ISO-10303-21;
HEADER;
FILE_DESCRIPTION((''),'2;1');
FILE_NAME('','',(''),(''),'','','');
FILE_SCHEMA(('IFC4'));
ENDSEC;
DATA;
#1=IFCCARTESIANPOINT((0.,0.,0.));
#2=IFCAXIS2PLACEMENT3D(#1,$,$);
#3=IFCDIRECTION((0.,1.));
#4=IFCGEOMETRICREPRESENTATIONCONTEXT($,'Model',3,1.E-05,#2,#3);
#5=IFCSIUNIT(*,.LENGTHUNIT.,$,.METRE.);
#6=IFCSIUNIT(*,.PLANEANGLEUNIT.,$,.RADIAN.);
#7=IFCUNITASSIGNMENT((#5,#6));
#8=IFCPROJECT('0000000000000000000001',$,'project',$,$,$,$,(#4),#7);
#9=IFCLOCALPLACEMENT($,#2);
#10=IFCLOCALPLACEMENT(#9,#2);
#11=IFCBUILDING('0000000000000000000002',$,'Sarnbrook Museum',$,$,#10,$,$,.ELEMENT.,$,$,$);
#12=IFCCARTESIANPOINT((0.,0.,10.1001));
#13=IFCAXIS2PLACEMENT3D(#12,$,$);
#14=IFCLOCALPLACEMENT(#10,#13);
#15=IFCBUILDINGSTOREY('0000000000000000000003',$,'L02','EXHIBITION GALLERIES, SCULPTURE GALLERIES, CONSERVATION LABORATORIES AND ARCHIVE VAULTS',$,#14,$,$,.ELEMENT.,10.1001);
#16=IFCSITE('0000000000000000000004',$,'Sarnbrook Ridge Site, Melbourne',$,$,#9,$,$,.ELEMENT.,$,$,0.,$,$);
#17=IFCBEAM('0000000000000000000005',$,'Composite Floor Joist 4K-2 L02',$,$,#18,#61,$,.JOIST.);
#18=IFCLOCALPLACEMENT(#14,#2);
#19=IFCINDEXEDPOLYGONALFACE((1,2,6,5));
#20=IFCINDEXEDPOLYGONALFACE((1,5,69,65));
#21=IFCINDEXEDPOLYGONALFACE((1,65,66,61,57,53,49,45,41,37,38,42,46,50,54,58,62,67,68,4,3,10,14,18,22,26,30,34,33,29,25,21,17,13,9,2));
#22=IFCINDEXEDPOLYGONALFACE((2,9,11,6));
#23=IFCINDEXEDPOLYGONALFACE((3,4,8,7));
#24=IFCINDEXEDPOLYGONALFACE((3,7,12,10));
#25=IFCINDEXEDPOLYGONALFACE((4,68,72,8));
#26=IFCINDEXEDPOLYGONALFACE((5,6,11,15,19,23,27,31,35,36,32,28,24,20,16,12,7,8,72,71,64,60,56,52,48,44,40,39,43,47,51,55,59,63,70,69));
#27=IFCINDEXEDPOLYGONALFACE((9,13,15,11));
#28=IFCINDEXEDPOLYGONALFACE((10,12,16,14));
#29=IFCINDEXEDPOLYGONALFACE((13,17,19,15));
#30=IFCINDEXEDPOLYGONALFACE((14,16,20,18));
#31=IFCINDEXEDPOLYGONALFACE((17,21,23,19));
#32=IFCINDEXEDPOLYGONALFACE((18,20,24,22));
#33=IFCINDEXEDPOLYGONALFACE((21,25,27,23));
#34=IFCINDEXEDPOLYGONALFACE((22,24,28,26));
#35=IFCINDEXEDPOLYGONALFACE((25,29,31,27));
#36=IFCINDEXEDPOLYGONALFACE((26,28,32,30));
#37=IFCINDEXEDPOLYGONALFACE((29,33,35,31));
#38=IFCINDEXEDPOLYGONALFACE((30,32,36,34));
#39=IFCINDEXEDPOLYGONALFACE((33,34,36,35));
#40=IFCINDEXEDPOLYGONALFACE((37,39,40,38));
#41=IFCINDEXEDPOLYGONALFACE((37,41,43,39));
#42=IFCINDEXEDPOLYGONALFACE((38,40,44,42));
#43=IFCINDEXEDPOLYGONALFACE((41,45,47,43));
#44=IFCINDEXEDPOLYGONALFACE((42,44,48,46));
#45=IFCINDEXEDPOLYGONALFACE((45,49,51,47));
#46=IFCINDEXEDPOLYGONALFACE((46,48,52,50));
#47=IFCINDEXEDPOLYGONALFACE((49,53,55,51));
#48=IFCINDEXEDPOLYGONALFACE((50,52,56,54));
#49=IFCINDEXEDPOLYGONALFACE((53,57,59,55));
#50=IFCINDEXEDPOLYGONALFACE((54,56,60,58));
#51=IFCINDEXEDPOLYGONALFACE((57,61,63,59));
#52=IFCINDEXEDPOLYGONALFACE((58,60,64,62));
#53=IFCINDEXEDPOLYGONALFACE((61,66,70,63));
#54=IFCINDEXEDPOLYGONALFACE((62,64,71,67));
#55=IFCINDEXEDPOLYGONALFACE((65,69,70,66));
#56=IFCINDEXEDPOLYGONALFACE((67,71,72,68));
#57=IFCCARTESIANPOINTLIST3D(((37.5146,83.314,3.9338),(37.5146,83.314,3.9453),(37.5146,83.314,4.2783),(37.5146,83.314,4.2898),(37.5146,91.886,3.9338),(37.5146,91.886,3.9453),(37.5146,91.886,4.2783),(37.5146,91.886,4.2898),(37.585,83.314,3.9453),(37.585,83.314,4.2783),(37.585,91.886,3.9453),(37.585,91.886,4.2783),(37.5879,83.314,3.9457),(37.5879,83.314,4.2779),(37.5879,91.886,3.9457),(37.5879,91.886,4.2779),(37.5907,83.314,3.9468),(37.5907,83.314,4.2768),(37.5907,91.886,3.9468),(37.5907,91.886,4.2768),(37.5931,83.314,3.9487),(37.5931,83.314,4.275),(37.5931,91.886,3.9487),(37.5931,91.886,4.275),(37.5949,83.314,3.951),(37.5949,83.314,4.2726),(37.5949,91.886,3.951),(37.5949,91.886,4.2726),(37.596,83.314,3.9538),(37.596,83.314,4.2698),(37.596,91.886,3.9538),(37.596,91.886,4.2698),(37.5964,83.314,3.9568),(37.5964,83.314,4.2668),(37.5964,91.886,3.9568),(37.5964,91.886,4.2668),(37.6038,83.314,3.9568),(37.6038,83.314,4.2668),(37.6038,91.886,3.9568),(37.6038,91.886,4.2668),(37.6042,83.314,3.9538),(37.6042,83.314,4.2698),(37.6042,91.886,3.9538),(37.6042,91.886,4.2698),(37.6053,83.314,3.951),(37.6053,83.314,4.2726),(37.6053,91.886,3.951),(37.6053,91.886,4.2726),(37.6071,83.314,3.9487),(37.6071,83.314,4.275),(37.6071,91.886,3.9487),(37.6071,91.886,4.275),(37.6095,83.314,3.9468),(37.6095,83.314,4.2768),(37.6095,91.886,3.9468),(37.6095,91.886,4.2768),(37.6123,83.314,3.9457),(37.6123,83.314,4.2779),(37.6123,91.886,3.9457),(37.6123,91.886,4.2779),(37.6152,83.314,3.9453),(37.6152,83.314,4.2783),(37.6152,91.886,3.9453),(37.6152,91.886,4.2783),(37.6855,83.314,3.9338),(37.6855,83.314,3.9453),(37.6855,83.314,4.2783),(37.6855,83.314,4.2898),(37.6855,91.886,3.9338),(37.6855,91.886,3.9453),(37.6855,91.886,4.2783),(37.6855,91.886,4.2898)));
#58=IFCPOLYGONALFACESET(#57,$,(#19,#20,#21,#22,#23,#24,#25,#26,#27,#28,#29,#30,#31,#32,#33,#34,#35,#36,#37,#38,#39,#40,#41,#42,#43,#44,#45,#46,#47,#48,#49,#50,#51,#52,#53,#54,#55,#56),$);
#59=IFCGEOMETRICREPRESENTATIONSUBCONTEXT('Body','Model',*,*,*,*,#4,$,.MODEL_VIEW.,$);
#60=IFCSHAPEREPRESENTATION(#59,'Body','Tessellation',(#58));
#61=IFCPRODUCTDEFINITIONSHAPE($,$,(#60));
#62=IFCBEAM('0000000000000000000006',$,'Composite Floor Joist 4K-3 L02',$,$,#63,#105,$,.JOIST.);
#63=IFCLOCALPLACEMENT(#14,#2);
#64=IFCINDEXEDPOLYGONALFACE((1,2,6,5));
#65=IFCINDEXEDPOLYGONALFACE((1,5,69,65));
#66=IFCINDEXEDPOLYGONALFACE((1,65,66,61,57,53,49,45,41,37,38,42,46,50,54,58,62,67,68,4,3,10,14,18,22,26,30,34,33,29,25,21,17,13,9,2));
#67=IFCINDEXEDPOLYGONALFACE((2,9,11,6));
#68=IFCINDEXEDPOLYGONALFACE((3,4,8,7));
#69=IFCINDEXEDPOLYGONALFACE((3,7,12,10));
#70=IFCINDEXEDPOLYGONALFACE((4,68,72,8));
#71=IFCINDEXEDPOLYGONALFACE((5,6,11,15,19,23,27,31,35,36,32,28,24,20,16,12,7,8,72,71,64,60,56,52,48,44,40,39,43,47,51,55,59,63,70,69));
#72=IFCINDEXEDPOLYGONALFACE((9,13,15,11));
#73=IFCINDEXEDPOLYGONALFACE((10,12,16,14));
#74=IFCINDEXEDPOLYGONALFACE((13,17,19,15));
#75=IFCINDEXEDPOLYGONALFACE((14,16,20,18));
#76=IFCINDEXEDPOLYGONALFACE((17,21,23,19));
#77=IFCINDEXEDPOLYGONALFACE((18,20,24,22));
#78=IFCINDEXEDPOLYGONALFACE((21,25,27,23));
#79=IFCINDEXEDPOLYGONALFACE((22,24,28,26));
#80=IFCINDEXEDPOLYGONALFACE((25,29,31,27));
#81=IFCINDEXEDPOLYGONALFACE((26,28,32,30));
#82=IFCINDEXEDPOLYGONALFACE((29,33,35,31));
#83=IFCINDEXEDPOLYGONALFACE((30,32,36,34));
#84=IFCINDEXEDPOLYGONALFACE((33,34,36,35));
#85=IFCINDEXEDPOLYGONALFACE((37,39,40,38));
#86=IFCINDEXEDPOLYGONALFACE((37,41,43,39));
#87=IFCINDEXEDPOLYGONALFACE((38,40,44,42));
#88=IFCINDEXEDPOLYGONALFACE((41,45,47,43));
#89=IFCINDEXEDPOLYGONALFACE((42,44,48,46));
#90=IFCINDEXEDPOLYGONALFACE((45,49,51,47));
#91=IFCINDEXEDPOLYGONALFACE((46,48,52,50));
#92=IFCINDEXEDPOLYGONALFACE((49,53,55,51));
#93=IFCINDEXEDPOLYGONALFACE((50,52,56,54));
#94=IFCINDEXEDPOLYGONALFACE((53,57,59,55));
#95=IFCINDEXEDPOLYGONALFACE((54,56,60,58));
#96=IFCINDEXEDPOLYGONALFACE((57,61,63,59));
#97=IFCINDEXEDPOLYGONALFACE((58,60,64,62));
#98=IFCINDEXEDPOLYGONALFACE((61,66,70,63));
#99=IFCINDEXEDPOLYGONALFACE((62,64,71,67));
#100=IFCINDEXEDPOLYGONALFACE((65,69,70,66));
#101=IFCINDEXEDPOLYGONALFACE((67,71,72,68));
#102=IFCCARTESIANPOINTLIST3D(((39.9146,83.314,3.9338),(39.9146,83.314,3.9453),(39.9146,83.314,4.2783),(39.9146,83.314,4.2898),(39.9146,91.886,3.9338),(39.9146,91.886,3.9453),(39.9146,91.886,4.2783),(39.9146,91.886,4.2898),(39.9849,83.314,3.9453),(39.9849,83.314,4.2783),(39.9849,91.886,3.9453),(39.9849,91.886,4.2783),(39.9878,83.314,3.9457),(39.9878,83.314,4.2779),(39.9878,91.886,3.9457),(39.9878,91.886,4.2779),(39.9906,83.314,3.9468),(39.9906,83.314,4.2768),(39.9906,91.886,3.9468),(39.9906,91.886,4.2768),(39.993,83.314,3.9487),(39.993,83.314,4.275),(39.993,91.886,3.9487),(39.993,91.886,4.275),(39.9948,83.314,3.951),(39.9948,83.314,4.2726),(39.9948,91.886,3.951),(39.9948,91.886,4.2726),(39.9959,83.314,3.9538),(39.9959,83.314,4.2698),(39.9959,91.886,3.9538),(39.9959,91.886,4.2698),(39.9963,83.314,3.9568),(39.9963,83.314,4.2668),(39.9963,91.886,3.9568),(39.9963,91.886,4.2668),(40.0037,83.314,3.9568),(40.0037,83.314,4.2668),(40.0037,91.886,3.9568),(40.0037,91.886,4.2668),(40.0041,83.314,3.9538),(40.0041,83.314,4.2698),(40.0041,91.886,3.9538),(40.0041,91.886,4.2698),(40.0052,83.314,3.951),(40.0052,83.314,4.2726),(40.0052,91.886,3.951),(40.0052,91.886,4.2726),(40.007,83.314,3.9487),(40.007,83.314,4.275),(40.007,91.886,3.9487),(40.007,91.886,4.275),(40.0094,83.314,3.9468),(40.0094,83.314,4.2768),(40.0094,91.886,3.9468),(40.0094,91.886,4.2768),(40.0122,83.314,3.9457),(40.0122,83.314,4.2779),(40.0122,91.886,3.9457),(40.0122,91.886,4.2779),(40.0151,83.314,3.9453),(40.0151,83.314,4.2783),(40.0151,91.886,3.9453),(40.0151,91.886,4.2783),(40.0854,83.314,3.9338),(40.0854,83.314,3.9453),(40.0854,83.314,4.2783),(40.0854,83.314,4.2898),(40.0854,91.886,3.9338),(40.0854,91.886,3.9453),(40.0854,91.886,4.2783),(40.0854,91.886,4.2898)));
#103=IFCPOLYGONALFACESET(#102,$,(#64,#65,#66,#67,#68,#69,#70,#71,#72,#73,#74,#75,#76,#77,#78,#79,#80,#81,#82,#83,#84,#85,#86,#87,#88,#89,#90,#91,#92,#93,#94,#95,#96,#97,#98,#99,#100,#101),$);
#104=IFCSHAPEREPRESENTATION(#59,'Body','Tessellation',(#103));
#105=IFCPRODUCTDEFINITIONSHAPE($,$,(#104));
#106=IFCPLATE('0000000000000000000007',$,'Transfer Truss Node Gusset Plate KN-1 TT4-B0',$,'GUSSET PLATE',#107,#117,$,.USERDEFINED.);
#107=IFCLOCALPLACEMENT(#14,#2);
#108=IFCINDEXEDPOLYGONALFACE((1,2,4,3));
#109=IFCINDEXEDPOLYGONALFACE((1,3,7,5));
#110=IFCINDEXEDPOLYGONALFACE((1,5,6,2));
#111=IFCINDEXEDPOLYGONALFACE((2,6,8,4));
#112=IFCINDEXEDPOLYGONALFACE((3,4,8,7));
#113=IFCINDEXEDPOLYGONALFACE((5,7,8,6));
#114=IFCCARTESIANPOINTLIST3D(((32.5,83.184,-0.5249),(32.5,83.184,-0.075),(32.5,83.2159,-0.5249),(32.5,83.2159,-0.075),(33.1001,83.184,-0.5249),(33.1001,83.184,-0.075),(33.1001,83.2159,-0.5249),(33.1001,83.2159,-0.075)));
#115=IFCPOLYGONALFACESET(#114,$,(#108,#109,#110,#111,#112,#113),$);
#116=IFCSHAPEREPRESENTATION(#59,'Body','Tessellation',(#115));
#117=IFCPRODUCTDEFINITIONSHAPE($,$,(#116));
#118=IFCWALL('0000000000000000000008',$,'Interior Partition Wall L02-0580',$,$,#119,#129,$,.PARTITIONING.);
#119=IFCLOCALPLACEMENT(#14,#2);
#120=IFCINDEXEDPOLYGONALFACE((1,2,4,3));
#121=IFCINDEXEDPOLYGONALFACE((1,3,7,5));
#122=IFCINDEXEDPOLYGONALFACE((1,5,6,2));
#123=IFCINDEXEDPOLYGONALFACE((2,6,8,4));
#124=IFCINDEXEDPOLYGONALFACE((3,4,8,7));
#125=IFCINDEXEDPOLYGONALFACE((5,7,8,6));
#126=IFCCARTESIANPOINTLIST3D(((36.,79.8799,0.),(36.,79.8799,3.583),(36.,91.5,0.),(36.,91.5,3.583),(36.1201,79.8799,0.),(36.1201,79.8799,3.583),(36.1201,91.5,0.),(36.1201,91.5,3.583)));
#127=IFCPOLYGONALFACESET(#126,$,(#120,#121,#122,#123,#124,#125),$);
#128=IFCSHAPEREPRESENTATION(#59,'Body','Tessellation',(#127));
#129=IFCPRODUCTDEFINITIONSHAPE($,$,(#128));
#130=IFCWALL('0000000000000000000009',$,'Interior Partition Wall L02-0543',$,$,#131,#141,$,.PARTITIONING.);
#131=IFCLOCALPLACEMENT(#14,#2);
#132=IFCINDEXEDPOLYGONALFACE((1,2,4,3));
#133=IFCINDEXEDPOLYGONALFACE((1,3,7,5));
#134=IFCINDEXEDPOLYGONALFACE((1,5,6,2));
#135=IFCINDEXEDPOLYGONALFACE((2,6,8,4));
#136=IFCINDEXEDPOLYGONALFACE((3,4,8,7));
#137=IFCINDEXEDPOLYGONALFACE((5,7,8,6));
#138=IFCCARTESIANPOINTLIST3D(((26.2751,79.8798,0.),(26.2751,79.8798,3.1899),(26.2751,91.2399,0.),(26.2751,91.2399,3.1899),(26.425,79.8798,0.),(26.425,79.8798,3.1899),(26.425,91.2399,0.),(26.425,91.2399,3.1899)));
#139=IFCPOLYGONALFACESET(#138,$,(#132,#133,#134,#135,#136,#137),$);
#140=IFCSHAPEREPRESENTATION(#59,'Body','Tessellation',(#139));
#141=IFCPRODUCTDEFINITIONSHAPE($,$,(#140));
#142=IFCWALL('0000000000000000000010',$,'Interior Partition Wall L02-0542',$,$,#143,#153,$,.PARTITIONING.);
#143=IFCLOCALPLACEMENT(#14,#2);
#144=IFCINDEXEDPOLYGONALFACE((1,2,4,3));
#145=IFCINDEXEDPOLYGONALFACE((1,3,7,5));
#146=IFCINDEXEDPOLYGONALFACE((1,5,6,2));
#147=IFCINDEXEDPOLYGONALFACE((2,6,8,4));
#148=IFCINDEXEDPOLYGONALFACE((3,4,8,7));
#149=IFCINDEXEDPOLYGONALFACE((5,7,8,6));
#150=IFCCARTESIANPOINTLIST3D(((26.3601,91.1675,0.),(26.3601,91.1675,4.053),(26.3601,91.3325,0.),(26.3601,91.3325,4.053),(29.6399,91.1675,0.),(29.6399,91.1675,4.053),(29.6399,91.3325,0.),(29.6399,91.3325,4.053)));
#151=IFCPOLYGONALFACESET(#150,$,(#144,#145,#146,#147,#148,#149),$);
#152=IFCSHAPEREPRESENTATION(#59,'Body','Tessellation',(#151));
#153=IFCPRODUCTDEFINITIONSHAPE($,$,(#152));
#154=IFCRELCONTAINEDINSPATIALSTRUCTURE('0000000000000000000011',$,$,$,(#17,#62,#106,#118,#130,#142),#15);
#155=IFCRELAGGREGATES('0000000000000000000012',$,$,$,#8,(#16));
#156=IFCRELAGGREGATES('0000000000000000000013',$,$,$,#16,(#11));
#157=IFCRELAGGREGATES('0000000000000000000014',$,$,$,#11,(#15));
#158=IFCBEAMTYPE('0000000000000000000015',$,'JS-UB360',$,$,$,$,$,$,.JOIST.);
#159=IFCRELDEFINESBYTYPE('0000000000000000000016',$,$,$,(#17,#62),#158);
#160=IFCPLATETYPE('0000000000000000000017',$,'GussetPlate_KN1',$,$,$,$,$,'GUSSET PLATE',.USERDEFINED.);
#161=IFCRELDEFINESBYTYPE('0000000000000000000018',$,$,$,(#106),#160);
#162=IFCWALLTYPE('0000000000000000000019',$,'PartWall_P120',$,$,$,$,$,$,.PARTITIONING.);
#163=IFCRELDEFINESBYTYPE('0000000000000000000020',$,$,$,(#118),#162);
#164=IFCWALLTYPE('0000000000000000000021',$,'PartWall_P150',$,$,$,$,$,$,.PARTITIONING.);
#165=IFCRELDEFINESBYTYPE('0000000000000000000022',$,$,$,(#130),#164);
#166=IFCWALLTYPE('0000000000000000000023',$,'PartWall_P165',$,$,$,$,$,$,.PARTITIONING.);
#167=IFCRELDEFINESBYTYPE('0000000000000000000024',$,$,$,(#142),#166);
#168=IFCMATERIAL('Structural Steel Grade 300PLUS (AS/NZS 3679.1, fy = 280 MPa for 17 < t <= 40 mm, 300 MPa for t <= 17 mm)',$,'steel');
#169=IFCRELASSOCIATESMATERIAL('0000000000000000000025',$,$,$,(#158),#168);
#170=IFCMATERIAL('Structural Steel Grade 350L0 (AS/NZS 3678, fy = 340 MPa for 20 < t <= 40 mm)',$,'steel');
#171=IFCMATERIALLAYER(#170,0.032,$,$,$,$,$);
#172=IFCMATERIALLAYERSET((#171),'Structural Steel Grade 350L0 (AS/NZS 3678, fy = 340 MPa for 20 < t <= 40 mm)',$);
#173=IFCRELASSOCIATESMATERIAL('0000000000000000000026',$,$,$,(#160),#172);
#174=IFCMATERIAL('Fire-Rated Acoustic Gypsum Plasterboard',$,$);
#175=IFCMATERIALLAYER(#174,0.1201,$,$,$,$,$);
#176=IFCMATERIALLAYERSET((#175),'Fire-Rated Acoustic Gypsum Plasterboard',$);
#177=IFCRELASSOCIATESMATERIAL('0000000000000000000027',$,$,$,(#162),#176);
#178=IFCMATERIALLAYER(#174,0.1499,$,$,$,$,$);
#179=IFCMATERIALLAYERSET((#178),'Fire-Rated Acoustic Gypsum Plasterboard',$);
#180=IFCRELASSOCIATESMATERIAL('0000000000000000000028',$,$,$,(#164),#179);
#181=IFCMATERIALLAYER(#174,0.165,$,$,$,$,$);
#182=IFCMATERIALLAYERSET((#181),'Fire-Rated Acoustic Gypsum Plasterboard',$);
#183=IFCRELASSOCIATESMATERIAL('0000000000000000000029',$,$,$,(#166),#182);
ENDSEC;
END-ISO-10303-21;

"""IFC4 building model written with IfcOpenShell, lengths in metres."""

from ifc_helpers import new_model, si_unit, direction, frame, frame_2d, origin, origin_2d, place, context, subcontext, project, spatial, rectangle, i_section, extrude, material, layer, layer_set, material_profile, profile_set, type_object, element, save


model = new_model("IFC4")

# Units and contexts
model_context = context("Model", 3, precision=1e-05, world=origin(), true_north=direction((0.0, 1.0)))
body_context = subcontext(model_context, "Body", "Model", "MODEL_VIEW")
ifc_project = project(units=[si_unit("LENGTHUNIT", "METRE"), si_unit("PLANEANGLEUNIT", "RADIAN")], contexts=[model_context])

# Site, building, storey
site_placement = place(None, origin())
site = spatial("IfcSite", under=ifc_project, at=site_placement, Name="Sarnbrook Ridge Site, Melbourne", CompositionType="ELEMENT", RefElevation=0.0)
building_placement = place(site_placement, origin())
building = spatial("IfcBuilding", under=site, at=building_placement, Name="Sarnbrook Museum", CompositionType="ELEMENT")
storey_placement = place(building_placement, frame((0.0, 0.0, 10.1001)))
storey = spatial("IfcBuildingStorey", under=building, at=storey_placement, Name="L02", Description="EXHIBITION GALLERIES, SCULPTURE GALLERIES, CONSERVATION LABORATORIES AND ARCHIVE VAULTS", CompositionType="ELEMENT", Elevation=10.1001)

# Shared definitions
ifc_material_1 = material(Name="Structural Steel Grade 300PLUS (AS/NZS 3679.1, fy = 280 MPa for 17 < t <= 40 mm, 300 MPa for t <= 17 mm)", Category="steel")
ifc_material_2 = material(Name="Structural Steel Grade 350L0 (AS/NZS 3678, fy = 340 MPa for 20 < t <= 40 mm)", Category="steel")

# Beams
ifc_material_profile_1 = material_profile(ifc_material_1, i_section(OverallWidth=0.1709, OverallDepth=0.356, WebThickness=0.0073, FlangeThickness=0.0115, FilletRadius=0.0115, at=origin_2d()), Name="360UB50.7")
ifc_profile_set_1 = profile_set([ifc_material_profile_1], Name="Structural Steel Grade 300PLUS (AS/NZS 3679.1, fy = 280 MPa for 17 < t <= 40 mm, 300 MPa for t <= 17 mm)")
beam_type_1 = type_object("IfcBeamType", Name="JS-UB360", PredefinedType="JOIST", material=ifc_profile_set_1)
for number, where, z_axis, x_axis, name in (
    (1, (37.6001, 83.314, 4.1118), (0.0, 1.0, 0.0), (-1.0, 0.0, 0.0), "Composite Floor Joist 4K-2 L02"),
    (2, (40.0, 83.314, 4.1118), (0.0, 1.0, 0.0), (-1.0, 0.0, 0.0), "Composite Floor Joist 4K-3 L02"),
):
    element("IfcBeam", number, at=place(storey_placement, frame(where, z_axis=z_axis, x_axis=x_axis)), inside=storey, type_object=beam_type_1, Name=name, PredefinedType="JOIST", context=body_context, shape_type="SweptSolid", body=[
        extrude(i_section(OverallWidth=0.1709, OverallDepth=0.356, WebThickness=0.0073, FlangeThickness=0.0115, FilletRadius=0.0115, at=origin_2d()), origin(), (0.0, 0.0, 1.0), 8.572),
    ])

# Plate
ifc_layer_1 = layer(ifc_material_2, 0.032)
ifc_layer_set_1 = layer_set([ifc_layer_1], Name="Structural Steel Grade 350L0 (AS/NZS 3678, fy = 340 MPa for 20 < t <= 40 mm)")
plate_type = type_object("IfcPlateType", Name="GussetPlate_KN1", ElementType="GUSSET PLATE", PredefinedType="USERDEFINED", material=ifc_layer_set_1)
plate_placement = place(storey_placement, frame((32.8, 83.2, -0.5249), z_axis=(0.0, 0.0, 1.0), x_axis=(1.0, 0.0, 0.0)))
element("IfcPlate", 3, at=plate_placement, inside=storey, type_object=plate_type, Name="Transfer Truss Node Gusset Plate KN-1 TT4-B0", ObjectType="GUSSET PLATE", PredefinedType="USERDEFINED", context=body_context, shape_type="SweptSolid", body=[
    extrude(rectangle(XDim=0.6001, YDim=0.032, at=origin_2d()), origin(), (0.0, 0.0, 1.0), 0.45),
])

# Walls
ifc_material_3 = material(Name="Fire-Rated Acoustic Gypsum Plasterboard")
ifc_layer_2 = layer(ifc_material_3, 0.1201)
ifc_layer_set_2 = layer_set([ifc_layer_2], Name="Fire-Rated Acoustic Gypsum Plasterboard")
wall_type_1 = type_object("IfcWallType", Name="PartWall_P120", PredefinedType="PARTITIONING", material=ifc_layer_set_2)
wall_1_placement = place(storey_placement, frame((36.0601, 91.5, 0.0), z_axis=(0.0, 0.0, 1.0), x_axis=(0.0, -1.0, 0.0)))
element("IfcWall", 4, at=wall_1_placement, inside=storey, type_object=wall_type_1, Name="Interior Partition Wall L02-0580", PredefinedType="PARTITIONING", context=body_context, shape_type="SweptSolid", body=[
    extrude(rectangle(XDim=11.6201, YDim=0.1201, at=frame_2d((5.8101, 0.0))), origin(), (0.0, 0.0, 1.0), 3.583),
])
ifc_layer_3 = layer(ifc_material_3, 0.1499)
ifc_layer_set_3 = layer_set([ifc_layer_3], Name="Fire-Rated Acoustic Gypsum Plasterboard")
wall_type_2 = type_object("IfcWallType", Name="PartWall_P150", PredefinedType="PARTITIONING", material=ifc_layer_set_3)
wall_2_placement = place(storey_placement, frame((26.3501, 91.24, 0.0), z_axis=(0.0, 0.0, 1.0), x_axis=(0.0, -1.0, 0.0)))
element("IfcWall", 5, at=wall_2_placement, inside=storey, type_object=wall_type_2, Name="Interior Partition Wall L02-0543", PredefinedType="PARTITIONING", context=body_context, shape_type="SweptSolid", body=[
    extrude(rectangle(XDim=11.3601, YDim=0.1499, at=frame_2d((5.6802, 0.0))), origin(), (0.0, 0.0, 1.0), 3.1899),
])
ifc_layer_4 = layer(ifc_material_3, 0.165)
ifc_layer_set_4 = layer_set([ifc_layer_4], Name="Fire-Rated Acoustic Gypsum Plasterboard")
wall_type_3 = type_object("IfcWallType", Name="PartWall_P165", PredefinedType="PARTITIONING", material=ifc_layer_set_4)
wall_3_placement = place(storey_placement, frame((29.6399, 91.25, 0.0), z_axis=(0.0, 0.0, 1.0), x_axis=(-1.0, 0.0, 0.0)))
element("IfcWall", 6, at=wall_3_placement, inside=storey, type_object=wall_type_3, Name="Interior Partition Wall L02-0542", PredefinedType="PARTITIONING", context=body_context, shape_type="SweptSolid", body=[
    extrude(rectangle(XDim=3.2798, YDim=0.165, at=frame_2d((1.6399, 0.0))), origin(), (0.0, 0.0, 1.0), 4.053),
])

save(model, "model.ifc")
